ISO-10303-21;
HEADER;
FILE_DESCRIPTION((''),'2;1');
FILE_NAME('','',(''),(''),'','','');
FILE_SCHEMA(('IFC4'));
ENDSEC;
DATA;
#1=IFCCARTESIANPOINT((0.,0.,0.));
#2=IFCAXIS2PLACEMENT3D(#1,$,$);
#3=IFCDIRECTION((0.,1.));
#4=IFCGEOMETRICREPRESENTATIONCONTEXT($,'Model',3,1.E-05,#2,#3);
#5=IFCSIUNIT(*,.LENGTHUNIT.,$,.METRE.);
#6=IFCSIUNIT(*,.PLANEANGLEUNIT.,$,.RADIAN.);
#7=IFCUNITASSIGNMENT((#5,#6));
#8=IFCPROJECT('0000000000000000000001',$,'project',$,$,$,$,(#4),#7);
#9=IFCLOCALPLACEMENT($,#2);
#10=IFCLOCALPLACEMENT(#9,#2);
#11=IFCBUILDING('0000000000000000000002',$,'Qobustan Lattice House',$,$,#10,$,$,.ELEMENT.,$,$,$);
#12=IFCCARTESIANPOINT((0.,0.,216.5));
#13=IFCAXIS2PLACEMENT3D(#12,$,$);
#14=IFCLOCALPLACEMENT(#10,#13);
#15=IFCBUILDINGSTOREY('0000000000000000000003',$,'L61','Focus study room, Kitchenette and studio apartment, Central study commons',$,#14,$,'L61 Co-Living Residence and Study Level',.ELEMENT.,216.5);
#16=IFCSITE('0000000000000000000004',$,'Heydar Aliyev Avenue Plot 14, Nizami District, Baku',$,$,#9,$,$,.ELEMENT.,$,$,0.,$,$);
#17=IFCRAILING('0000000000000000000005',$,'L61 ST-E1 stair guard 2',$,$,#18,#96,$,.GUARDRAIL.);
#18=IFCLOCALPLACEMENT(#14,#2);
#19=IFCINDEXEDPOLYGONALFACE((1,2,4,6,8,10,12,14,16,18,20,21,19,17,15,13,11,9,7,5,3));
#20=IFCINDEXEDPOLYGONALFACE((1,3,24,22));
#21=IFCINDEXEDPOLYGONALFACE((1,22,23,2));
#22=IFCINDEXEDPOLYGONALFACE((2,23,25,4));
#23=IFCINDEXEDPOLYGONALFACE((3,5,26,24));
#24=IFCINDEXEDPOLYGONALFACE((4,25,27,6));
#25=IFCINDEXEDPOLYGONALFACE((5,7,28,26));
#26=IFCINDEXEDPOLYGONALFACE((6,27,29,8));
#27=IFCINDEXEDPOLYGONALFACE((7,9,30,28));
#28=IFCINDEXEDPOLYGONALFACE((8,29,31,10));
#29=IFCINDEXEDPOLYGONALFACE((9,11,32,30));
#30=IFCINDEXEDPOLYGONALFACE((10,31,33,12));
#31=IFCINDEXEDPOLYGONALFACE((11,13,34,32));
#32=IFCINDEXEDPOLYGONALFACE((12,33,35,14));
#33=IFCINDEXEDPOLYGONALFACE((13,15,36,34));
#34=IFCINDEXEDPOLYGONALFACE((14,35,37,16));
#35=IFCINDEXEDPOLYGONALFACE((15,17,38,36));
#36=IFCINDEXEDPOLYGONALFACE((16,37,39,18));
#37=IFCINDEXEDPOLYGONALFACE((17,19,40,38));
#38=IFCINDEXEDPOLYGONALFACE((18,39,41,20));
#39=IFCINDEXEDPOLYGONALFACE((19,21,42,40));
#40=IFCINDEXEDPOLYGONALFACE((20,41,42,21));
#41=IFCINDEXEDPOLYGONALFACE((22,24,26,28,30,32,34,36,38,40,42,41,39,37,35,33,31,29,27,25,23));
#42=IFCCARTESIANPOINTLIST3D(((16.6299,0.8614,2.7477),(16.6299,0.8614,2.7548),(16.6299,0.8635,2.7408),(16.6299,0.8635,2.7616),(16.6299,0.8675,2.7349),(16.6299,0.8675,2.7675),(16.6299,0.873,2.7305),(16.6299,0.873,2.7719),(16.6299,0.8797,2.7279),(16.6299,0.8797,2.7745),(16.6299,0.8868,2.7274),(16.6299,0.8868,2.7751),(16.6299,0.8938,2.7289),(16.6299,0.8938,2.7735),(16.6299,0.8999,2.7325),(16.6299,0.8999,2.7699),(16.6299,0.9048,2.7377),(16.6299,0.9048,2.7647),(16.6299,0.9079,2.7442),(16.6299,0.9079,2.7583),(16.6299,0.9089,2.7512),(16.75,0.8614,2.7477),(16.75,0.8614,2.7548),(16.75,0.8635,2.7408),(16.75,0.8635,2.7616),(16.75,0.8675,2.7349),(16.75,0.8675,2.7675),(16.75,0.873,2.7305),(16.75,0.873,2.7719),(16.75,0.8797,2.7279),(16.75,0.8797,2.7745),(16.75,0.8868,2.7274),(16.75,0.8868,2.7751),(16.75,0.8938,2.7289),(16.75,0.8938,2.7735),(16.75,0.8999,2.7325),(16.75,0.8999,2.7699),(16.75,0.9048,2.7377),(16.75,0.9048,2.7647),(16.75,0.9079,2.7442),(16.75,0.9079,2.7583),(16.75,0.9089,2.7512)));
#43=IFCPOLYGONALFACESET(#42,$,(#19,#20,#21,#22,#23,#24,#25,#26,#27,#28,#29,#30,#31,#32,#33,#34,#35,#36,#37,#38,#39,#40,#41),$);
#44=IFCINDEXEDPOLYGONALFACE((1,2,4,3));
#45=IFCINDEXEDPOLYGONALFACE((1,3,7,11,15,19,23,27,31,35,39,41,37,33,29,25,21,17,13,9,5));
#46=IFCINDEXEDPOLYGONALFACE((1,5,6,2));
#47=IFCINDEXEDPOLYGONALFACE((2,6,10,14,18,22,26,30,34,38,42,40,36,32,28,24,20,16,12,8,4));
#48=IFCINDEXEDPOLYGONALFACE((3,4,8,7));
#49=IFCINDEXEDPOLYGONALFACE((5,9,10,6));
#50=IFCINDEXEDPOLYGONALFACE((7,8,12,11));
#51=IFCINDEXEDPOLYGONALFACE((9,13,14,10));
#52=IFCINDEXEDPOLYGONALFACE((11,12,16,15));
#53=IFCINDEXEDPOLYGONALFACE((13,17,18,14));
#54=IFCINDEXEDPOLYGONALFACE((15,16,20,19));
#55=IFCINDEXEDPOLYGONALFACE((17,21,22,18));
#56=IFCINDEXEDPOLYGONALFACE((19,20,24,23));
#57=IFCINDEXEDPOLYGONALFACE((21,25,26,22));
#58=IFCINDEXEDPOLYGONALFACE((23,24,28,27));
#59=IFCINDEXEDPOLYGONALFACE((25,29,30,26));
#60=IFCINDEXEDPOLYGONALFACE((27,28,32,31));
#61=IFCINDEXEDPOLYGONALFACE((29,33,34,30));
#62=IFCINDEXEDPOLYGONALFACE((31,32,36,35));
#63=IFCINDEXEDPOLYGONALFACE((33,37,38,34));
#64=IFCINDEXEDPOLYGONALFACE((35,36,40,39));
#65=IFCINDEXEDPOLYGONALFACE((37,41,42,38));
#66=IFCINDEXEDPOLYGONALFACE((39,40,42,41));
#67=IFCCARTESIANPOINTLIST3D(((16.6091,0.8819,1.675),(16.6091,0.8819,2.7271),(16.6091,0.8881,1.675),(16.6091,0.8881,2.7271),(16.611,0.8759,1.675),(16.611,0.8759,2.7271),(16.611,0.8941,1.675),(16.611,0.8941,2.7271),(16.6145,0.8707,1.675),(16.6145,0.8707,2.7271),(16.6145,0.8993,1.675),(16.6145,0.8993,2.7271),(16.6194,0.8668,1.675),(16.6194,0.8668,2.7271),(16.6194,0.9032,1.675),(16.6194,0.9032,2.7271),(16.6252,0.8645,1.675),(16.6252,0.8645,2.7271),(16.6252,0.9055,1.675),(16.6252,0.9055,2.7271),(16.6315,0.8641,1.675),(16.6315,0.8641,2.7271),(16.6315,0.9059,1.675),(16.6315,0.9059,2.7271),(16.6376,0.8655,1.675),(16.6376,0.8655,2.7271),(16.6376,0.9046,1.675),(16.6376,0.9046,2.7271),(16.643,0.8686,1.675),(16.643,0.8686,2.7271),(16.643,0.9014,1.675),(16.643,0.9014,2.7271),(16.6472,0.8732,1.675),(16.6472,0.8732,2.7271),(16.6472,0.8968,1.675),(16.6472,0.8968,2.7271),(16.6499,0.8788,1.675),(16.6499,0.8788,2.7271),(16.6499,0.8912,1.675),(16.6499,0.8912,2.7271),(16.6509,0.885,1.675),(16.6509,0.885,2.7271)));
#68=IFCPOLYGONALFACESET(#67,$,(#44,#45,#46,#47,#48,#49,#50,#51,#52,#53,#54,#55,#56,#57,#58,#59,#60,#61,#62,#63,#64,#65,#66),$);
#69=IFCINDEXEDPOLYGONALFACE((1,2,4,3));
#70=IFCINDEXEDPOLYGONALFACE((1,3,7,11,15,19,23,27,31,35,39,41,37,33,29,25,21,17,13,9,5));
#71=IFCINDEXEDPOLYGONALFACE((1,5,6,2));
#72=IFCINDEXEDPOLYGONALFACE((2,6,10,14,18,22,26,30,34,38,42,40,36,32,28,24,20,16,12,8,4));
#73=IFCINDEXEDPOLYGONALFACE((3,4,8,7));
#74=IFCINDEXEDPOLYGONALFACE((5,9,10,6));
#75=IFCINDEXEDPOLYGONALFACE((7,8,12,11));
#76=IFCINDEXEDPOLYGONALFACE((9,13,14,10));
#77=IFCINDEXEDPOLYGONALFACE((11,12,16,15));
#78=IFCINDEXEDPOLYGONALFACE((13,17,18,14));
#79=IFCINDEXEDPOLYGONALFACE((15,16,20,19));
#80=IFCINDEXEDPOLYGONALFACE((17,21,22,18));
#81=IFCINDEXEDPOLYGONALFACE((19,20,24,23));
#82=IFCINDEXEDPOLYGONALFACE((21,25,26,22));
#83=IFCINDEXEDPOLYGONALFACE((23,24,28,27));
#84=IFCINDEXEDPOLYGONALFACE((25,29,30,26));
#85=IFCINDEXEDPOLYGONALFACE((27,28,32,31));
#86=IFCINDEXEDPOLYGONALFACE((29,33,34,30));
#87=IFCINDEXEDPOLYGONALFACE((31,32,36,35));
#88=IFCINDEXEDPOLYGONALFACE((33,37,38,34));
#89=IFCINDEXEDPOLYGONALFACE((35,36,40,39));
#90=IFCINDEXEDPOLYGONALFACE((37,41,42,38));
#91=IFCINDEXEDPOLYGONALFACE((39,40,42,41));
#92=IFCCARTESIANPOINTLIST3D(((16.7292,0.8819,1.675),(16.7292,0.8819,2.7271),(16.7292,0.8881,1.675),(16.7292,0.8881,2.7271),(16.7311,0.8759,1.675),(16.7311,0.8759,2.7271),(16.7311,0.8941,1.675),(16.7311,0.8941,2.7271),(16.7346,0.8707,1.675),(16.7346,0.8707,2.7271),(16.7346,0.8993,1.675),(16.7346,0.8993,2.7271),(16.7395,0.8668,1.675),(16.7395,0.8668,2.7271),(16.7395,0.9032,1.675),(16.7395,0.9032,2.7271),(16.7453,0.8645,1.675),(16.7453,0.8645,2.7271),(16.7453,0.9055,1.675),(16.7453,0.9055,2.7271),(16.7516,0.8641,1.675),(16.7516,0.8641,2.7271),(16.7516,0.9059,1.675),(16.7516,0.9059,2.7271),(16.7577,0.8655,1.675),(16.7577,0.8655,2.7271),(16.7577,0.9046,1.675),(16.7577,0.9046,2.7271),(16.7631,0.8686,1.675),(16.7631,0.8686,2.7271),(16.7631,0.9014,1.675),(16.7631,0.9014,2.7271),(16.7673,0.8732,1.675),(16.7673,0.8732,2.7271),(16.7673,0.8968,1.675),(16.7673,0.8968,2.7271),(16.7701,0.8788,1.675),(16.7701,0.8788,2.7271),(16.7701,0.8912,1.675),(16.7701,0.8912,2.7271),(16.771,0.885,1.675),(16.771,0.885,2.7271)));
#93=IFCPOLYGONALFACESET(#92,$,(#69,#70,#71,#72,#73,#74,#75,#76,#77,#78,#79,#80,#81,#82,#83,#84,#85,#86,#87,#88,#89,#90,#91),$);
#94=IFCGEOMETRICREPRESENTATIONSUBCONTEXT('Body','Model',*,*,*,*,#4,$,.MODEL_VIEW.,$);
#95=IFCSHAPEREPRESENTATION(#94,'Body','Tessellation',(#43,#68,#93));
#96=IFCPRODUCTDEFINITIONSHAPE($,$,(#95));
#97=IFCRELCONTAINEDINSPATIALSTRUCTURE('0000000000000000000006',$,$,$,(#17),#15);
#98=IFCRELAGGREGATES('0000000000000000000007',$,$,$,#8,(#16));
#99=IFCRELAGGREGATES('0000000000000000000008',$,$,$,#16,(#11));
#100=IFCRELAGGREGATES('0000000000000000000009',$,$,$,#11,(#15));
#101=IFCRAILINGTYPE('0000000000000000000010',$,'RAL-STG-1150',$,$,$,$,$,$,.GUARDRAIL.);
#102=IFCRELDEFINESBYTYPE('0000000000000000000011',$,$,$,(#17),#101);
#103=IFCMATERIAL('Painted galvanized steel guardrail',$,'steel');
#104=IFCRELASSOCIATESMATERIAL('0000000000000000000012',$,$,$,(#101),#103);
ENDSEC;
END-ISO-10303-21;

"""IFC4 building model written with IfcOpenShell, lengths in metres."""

from ifc_helpers import new_model, si_unit, direction, frame, origin, origin_2d, place, context, subcontext, project, spatial, circle, extrude, material, type_object, element, save


model = new_model("IFC4")

# Units and contexts
model_context = context("Model", 3, precision=1e-05, world=origin(), true_north=direction((0.0, 1.0)))
body_context = subcontext(model_context, "Body", "Model", "MODEL_VIEW")
ifc_project = project(units=[si_unit("LENGTHUNIT", "METRE"), si_unit("PLANEANGLEUNIT", "RADIAN")], contexts=[model_context])

# Site, building, storey
site_placement = place(None, origin())
site = spatial("IfcSite", under=ifc_project, at=site_placement, Name="Heydar Aliyev Avenue Plot 14, Nizami District, Baku", CompositionType="ELEMENT", RefElevation=0.0)
building_placement = place(site_placement, origin())
building = spatial("IfcBuilding", under=site, at=building_placement, Name="Qobustan Lattice House", CompositionType="ELEMENT")
storey_placement = place(building_placement, frame((0.0, 0.0, 216.5)))
storey = spatial("IfcBuildingStorey", under=building, at=storey_placement, Name="L61", Description="Focus study room, Kitchenette and studio apartment, Central study commons", LongName="L61 Co-Living Residence and Study Level", CompositionType="ELEMENT", Elevation=216.5)

# Railing
ifc_material_1 = material(Name="Painted galvanized steel guardrail", Category="steel")
railing_type_1 = type_object("IfcRailingType", Name="RAL-STG-1150", PredefinedType="GUARDRAIL", material=ifc_material_1)
railing_1_placement = place(storey_placement, frame((16.6299, 0.885, 1.675)))
element("IfcRailing", 1, at=railing_1_placement, inside=storey, type_object=railing_type_1, Name="L61 ST-E1 stair guard 2", PredefinedType="GUARDRAIL", context=body_context, shape_type="SweptSolid", body=[
    extrude(circle(Radius=0.0239, at=origin_2d()), frame((0.0, 0.0, 1.0762), z_axis=(1.0, 0.0, 0.0), x_axis=(0.0, 1.0, 0.0)), (0.0, 0.0, 1.0), 0.1201),
    extrude(circle(Radius=0.021, at=origin_2d()), origin(), (0.0, 0.0, 1.0), 1.052),
    extrude(circle(Radius=0.021, at=origin_2d()), frame((0.1201, 0.0, 0.0)), (0.0, 0.0, 1.0), 1.052),
])

save(model, "model.ifc")
